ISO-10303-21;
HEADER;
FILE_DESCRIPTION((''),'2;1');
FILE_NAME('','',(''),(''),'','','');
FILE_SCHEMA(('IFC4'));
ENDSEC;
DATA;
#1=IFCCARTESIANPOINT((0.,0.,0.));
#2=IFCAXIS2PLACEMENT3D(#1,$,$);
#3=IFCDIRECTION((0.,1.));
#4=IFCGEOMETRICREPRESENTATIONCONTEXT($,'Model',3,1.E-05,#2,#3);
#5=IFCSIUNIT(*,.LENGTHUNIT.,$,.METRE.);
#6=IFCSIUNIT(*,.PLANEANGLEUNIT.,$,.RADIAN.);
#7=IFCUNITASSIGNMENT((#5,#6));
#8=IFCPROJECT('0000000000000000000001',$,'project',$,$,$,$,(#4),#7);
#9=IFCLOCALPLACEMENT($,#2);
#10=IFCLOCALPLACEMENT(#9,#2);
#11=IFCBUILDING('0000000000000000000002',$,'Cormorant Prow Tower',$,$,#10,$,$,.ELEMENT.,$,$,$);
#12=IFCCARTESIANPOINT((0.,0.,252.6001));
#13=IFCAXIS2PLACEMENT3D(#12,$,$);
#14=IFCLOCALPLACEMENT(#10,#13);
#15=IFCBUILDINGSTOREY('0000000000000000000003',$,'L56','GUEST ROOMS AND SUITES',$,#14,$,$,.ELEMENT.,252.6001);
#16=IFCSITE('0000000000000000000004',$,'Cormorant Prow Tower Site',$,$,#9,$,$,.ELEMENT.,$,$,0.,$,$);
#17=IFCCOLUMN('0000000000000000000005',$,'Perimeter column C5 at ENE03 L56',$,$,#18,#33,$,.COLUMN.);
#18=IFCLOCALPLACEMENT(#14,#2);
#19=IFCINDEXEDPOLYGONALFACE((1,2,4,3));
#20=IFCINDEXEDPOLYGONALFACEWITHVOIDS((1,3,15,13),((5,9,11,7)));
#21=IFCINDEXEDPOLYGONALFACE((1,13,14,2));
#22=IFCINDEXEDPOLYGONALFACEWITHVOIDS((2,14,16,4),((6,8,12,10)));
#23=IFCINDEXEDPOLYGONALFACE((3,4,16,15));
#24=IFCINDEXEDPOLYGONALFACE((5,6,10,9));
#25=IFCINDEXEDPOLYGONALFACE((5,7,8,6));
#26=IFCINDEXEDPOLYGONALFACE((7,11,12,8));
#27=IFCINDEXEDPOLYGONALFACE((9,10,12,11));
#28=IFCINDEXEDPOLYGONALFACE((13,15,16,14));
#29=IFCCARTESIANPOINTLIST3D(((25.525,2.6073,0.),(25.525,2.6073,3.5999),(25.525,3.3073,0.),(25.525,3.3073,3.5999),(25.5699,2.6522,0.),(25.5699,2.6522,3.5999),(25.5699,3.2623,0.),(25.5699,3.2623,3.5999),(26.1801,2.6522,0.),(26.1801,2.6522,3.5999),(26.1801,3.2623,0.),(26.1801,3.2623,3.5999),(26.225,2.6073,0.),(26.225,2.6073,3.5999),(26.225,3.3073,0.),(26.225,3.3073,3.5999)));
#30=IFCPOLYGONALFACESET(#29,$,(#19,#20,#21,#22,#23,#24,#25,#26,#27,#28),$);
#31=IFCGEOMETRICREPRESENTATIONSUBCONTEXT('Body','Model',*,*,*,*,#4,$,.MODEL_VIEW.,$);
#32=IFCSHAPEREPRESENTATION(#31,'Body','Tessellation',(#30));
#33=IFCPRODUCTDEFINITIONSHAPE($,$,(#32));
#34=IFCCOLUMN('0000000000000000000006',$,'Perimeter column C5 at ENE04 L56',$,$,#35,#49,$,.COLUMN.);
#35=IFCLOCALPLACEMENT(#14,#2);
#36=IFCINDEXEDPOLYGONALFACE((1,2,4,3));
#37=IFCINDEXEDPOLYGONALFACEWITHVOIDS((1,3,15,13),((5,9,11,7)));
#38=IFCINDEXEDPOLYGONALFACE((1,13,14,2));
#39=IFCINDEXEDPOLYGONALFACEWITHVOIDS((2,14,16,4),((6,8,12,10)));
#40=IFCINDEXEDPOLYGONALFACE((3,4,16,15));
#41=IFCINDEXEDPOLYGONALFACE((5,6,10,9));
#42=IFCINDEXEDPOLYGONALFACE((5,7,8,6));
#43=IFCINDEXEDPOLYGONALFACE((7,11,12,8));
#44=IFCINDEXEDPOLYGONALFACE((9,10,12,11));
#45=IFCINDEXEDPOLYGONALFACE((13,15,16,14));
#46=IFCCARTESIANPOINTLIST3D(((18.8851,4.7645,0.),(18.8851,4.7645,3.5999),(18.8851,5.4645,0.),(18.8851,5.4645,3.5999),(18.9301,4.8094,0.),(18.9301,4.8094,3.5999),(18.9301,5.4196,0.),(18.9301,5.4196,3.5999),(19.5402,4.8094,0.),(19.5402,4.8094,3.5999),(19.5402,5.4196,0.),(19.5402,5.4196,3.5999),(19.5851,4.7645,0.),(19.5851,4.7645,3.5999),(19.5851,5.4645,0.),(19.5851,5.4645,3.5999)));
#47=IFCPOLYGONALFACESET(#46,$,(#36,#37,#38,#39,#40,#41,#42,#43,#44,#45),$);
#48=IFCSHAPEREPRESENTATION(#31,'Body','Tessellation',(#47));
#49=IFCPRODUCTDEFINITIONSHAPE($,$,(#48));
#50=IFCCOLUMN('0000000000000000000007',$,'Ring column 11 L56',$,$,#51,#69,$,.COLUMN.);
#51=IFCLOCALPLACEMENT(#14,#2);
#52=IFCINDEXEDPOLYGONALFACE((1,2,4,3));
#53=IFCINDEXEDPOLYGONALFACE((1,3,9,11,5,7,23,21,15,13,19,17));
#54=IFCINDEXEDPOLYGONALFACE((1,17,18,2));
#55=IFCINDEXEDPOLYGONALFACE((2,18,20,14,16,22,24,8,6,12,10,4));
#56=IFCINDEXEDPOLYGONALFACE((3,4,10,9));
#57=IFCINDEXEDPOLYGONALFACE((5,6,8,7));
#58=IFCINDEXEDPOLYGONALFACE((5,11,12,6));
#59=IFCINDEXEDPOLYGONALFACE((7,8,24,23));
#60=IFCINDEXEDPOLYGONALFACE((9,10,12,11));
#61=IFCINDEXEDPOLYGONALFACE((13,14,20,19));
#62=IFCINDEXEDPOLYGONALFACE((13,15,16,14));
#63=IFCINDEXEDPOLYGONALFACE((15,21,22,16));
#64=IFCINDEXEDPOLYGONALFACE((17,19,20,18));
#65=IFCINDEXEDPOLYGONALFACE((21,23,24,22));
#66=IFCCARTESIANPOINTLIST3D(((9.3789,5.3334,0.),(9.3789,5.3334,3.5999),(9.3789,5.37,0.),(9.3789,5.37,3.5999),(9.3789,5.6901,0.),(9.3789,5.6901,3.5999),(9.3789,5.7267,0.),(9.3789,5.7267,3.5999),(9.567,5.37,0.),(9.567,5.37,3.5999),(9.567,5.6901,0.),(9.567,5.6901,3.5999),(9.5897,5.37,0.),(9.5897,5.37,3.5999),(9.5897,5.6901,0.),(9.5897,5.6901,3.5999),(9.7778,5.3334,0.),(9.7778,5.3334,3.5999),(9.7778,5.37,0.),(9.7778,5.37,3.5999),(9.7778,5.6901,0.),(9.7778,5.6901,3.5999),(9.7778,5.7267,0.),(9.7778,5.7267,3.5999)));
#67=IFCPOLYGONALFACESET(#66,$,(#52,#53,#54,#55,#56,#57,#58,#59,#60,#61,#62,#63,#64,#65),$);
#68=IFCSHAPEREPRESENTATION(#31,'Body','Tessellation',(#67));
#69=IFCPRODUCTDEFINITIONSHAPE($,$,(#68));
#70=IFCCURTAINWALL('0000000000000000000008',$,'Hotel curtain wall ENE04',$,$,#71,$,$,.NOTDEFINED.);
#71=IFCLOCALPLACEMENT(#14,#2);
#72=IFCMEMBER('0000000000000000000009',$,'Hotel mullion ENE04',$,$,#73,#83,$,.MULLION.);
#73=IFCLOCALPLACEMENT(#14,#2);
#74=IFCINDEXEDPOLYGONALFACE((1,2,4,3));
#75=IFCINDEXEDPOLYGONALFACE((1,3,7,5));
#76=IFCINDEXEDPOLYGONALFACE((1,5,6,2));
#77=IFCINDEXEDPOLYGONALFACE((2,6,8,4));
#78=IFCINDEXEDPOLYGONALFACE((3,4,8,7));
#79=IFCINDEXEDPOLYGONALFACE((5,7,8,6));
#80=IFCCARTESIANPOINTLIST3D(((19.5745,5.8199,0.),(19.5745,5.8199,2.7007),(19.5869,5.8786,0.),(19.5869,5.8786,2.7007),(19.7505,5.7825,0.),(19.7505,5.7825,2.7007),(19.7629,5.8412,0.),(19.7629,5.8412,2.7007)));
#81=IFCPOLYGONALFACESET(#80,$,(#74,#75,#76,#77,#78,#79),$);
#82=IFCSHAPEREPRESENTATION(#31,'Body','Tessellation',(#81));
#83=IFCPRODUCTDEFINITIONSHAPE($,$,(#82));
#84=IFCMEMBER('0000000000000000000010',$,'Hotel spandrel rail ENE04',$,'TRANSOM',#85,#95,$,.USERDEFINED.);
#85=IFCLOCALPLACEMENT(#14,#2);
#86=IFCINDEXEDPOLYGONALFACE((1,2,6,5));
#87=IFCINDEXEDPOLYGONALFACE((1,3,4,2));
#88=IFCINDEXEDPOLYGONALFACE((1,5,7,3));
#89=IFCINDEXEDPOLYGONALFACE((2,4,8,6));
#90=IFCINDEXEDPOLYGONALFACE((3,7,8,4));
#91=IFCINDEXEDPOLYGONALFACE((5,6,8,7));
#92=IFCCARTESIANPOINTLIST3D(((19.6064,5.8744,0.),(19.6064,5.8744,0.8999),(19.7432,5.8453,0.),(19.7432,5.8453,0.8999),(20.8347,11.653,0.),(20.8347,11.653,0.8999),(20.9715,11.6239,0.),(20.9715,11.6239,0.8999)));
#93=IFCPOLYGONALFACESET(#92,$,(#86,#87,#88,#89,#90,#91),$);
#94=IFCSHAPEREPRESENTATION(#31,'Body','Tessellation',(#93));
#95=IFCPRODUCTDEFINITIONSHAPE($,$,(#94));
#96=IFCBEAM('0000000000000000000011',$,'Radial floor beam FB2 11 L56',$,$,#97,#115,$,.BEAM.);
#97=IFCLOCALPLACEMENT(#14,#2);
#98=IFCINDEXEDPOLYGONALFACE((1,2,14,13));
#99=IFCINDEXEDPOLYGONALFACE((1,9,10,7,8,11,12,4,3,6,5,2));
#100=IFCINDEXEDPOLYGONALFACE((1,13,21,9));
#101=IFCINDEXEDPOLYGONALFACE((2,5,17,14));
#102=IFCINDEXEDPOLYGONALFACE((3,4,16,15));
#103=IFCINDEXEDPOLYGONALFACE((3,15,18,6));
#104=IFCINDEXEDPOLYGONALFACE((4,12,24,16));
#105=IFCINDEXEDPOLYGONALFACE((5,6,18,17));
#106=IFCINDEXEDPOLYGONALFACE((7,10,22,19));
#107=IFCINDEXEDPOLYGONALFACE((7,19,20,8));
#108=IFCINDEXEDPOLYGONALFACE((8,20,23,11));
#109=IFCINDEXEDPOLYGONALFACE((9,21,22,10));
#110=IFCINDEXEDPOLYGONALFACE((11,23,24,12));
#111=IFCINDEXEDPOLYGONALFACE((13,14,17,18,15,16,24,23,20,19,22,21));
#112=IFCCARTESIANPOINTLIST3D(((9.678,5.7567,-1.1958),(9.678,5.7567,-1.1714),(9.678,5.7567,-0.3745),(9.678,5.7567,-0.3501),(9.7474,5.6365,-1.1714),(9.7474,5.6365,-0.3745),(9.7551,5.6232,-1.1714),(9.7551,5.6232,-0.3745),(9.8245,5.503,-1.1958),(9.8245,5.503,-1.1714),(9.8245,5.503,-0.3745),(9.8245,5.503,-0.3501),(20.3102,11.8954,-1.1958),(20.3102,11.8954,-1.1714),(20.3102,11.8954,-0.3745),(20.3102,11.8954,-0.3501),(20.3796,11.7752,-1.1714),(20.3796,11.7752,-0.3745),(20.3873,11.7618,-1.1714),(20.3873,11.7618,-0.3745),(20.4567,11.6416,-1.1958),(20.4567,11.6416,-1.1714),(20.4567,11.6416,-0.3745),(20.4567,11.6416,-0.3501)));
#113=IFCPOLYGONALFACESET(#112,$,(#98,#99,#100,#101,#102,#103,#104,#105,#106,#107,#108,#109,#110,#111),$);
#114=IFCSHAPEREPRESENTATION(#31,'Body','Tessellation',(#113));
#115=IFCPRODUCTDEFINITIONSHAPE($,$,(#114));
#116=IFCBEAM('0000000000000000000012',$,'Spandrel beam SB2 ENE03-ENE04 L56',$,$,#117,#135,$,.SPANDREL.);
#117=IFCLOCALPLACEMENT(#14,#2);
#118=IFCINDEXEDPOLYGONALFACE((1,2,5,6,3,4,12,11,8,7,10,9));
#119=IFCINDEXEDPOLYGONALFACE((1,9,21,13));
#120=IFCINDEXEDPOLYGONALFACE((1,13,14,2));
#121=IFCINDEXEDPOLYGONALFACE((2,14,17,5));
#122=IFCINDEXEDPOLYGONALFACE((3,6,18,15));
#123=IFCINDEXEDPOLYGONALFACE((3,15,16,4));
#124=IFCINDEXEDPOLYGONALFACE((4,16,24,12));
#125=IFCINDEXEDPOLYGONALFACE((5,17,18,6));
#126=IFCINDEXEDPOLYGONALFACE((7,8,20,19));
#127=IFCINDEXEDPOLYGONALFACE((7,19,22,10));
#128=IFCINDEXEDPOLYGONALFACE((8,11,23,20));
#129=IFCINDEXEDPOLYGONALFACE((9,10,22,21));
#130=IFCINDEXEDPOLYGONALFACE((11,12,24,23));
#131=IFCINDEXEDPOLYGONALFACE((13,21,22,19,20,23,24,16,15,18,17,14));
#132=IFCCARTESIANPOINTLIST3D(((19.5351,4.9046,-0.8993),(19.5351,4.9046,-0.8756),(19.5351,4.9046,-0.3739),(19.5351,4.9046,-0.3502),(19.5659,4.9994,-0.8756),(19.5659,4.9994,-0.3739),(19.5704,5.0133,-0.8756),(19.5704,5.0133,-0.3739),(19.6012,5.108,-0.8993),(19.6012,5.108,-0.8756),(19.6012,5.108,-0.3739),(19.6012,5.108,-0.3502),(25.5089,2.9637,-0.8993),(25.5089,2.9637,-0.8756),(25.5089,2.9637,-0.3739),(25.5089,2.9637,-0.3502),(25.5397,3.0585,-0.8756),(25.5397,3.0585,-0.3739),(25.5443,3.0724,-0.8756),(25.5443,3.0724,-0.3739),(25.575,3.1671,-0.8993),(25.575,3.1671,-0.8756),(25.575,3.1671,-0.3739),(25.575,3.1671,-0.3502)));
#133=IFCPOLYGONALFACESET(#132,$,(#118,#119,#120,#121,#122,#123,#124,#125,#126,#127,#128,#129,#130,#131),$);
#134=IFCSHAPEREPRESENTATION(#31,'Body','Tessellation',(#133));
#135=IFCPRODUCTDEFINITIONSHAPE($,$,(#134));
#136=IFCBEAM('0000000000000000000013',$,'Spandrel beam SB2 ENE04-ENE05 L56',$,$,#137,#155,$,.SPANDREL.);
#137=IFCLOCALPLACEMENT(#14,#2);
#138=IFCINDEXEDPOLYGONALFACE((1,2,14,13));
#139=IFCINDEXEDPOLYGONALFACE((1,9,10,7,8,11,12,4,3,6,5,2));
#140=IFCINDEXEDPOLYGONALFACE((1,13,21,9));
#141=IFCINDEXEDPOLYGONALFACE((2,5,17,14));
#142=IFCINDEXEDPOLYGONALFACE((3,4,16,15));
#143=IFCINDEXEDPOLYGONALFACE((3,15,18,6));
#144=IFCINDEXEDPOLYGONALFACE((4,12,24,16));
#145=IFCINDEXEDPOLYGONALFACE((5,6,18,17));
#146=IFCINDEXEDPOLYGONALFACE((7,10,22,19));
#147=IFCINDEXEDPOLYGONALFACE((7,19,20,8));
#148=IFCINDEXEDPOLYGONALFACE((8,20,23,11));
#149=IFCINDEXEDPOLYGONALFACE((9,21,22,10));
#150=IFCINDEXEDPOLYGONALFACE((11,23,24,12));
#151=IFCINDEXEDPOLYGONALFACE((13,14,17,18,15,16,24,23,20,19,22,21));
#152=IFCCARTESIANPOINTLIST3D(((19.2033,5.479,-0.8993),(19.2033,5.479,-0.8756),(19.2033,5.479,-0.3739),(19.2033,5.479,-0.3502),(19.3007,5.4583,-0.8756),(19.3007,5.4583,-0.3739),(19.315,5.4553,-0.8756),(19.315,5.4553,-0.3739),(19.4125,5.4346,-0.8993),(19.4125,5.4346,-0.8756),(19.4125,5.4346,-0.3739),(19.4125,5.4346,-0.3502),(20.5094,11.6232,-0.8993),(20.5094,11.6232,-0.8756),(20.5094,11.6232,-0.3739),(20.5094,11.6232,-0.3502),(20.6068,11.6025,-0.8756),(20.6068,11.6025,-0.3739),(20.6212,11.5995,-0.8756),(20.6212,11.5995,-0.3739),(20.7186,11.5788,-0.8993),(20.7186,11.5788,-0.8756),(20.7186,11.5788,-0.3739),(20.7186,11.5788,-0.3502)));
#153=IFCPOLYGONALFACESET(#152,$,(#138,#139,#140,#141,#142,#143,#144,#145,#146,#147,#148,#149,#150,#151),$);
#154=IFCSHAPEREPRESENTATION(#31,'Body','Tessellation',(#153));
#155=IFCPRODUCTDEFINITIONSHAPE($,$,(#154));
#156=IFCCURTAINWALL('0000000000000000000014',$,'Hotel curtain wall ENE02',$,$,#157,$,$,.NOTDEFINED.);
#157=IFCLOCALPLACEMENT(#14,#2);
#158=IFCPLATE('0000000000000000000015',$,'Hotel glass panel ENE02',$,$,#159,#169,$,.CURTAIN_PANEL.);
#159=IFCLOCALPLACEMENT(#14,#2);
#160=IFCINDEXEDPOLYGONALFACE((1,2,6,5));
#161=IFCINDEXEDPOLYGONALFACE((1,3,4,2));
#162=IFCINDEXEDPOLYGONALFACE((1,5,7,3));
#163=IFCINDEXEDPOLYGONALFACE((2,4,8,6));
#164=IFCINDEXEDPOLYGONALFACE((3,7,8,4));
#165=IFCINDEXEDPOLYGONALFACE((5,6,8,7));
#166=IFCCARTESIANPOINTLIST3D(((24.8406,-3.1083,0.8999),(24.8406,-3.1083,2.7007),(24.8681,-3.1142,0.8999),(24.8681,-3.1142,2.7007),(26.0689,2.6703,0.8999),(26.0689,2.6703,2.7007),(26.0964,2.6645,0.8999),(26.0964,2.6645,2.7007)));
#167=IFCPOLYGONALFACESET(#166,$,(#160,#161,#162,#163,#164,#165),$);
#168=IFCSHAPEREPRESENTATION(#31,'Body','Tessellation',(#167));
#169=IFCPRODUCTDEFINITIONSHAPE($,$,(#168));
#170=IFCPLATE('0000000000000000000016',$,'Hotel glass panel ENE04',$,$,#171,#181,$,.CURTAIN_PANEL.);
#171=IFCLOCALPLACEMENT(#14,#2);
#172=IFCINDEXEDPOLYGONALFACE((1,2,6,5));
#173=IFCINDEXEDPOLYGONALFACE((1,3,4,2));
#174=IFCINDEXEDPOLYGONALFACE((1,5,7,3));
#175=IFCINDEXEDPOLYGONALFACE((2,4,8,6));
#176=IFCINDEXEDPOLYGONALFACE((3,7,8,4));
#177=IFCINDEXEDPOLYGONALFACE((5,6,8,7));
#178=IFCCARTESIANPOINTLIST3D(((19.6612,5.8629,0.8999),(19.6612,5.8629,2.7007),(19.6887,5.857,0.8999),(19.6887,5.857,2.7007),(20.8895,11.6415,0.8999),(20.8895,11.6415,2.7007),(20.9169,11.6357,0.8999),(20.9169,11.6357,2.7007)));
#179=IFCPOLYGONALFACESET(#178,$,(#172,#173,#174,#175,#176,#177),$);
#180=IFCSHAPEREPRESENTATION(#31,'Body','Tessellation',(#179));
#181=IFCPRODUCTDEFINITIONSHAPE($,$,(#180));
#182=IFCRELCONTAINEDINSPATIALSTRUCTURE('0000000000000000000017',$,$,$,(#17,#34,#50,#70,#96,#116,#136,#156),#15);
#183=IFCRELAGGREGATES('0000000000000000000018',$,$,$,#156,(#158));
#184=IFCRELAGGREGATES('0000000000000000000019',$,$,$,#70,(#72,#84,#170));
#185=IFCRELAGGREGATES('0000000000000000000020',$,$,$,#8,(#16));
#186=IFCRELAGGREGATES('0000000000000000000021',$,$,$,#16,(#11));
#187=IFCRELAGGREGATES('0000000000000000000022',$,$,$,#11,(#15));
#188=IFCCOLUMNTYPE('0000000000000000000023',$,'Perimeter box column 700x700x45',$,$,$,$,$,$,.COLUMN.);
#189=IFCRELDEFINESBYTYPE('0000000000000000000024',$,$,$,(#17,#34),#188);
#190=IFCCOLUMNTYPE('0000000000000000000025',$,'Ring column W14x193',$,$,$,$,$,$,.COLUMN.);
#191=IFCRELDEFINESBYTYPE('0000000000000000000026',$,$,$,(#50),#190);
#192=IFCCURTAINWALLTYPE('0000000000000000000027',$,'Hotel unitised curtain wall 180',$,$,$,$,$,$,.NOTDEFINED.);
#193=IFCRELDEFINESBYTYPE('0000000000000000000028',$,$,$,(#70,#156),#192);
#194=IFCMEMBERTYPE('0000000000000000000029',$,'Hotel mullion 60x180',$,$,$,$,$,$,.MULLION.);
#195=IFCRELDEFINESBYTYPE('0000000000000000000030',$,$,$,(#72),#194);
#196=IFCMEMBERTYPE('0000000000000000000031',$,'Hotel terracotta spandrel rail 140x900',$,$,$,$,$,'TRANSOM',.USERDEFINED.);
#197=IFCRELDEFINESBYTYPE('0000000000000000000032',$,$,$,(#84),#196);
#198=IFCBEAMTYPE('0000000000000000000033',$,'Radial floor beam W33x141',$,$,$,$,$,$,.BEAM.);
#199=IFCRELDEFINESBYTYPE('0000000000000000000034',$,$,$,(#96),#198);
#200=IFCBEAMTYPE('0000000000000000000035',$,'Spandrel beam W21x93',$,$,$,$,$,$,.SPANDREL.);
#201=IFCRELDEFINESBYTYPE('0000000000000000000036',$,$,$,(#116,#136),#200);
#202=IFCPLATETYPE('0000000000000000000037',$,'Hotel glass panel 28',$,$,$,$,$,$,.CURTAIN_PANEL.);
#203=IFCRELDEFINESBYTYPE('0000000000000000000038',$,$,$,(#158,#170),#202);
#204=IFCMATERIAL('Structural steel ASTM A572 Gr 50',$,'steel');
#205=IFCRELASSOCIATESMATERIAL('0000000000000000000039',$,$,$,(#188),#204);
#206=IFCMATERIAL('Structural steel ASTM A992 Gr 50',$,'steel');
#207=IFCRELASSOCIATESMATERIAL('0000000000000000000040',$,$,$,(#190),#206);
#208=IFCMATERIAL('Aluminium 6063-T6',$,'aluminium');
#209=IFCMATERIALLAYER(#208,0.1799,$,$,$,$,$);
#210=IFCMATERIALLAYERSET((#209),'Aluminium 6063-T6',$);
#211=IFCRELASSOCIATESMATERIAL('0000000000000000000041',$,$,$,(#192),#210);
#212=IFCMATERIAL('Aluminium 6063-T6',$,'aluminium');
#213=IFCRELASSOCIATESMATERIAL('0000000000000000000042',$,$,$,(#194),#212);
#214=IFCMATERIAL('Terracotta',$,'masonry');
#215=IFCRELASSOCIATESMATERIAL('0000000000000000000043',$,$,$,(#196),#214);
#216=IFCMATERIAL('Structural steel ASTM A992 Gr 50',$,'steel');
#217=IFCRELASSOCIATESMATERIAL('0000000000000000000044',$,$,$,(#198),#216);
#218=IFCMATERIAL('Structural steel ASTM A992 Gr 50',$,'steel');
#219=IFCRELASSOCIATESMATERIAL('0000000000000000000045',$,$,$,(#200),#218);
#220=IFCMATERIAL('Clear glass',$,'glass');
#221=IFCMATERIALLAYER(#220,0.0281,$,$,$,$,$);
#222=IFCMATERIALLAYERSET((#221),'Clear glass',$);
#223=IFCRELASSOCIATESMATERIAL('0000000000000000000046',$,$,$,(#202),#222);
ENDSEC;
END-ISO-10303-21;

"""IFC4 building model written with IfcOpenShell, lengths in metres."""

from ifc_helpers import new_model, si_unit, direction, frame, origin, origin_2d, place, context, subcontext, project, spatial, rectangle, hollow_rectangle, i_section, extrude, material, layer, layer_set, material_profile, profile_set, type_object, element, aggregate, save


model = new_model("IFC4")

# Units and contexts
model_context = context("Model", 3, precision=1e-05, world=origin(), true_north=direction((0.0, 1.0)))
body_context = subcontext(model_context, "Body", "Model", "MODEL_VIEW")
ifc_project = project(units=[si_unit("LENGTHUNIT", "METRE"), si_unit("PLANEANGLEUNIT", "RADIAN")], contexts=[model_context])

# Site, building, storey
site_placement = place(None, origin())
site = spatial("IfcSite", under=ifc_project, at=site_placement, Name="Cormorant Prow Tower Site", CompositionType="ELEMENT", RefElevation=0.0)
building_placement = place(site_placement, origin())
building = spatial("IfcBuilding", under=site, at=building_placement, Name="Cormorant Prow Tower", CompositionType="ELEMENT")
storey_placement = place(building_placement, frame((0.0, 0.0, 252.6001)))
storey = spatial("IfcBuildingStorey", under=building, at=storey_placement, Name="L56", Description="GUEST ROOMS AND SUITES", CompositionType="ELEMENT", Elevation=252.6001)

# Columns
ifc_material_1 = material(Name="Structural steel ASTM A572 Gr 50", Category="steel")
ifc_material_profile_1 = material_profile(ifc_material_1, hollow_rectangle(XDim=0.7, YDim=0.7, WallThickness=0.0449, at=origin_2d()), Name="Box 700x700x45")
ifc_profile_set_1 = profile_set([ifc_material_profile_1], Name="Structural steel ASTM A572 Gr 50")
column_type_1 = type_object("IfcColumnType", Name="Perimeter box column 700x700x45", PredefinedType="COLUMN", material=ifc_profile_set_1)
for number, where, z_axis, x_axis, name in (
    (1, (25.875, 2.9573, 0.0), (0.0, 0.0, 1.0), (1.0, 0.0, 0.0), "Perimeter column C5 at ENE03 L56"),
    (2, (19.2351, 5.1145, 0.0), (0.0, 0.0, 1.0), (1.0, 0.0, 0.0), "Perimeter column C5 at ENE04 L56"),
):
    element("IfcColumn", number, at=place(storey_placement, frame(where, z_axis=z_axis, x_axis=x_axis)), inside=storey, type_object=column_type_1, Name=name, PredefinedType="COLUMN", context=body_context, shape_type="SweptSolid", body=[
        extrude(hollow_rectangle(XDim=0.7, YDim=0.7, WallThickness=0.0449, at=origin_2d()), origin(), (0.0, 0.0, 1.0), 3.5999),
    ])
ifc_material_2 = material(Name="Structural steel ASTM A992 Gr 50", Category="steel")
ifc_material_profile_2 = material_profile(ifc_material_2, i_section(OverallWidth=0.3989, OverallDepth=0.3933, WebThickness=0.0227, FlangeThickness=0.0366, at=origin_2d()), Name="W14x193")
ifc_profile_set_2 = profile_set([ifc_material_profile_2], Name="Structural steel ASTM A992 Gr 50")
column_type_2 = type_object("IfcColumnType", Name="Ring column W14x193", PredefinedType="COLUMN", material=ifc_profile_set_2)
column_placement = place(storey_placement, frame((9.5784, 5.53, 0.0), z_axis=(0.0, 0.0, 1.0), x_axis=(1.0, 0.0, 0.0)))
element("IfcColumn", 3, at=column_placement, inside=storey, type_object=column_type_2, Name="Ring column 11 L56", PredefinedType="COLUMN", context=body_context, shape_type="SweptSolid", body=[
    extrude(i_section(OverallWidth=0.3989, OverallDepth=0.3933, WebThickness=0.0227, FlangeThickness=0.0366, at=origin_2d()), origin(), (0.0, 0.0, 1.0), 3.5999),
])

# Curtain wall, members
ifc_material_3 = material(Name="Aluminium 6063-T6", Category="aluminium")
ifc_layer_1 = layer(ifc_material_3, 0.1799)
ifc_layer_set_1 = layer_set([ifc_layer_1], Name="Aluminium 6063-T6")
curtain_wall_type = type_object("IfcCurtainWallType", Name="Hotel unitised curtain wall 180", PredefinedType="NOTDEFINED", material=ifc_layer_set_1)
curtain_wall_1_placement = place(storey_placement, origin())
curtain_wall_1 = element("IfcCurtainWall", 4, at=curtain_wall_1_placement, inside=storey, type_object=curtain_wall_type, Name="Hotel curtain wall ENE04", PredefinedType="NOTDEFINED")
ifc_material_4 = material(Name="Aluminium 6063-T6", Category="aluminium")
ifc_material_profile_3 = material_profile(ifc_material_4, rectangle(XDim=0.1799, YDim=0.0601, at=origin_2d()), Name="Hotel mullion 60x180")
ifc_profile_set_3 = profile_set([ifc_material_profile_3], Name="Aluminium 6063-T6")
member_type_1 = type_object("IfcMemberType", Name="Hotel mullion 60x180", PredefinedType="MULLION", material=ifc_profile_set_3)
member_1_placement = place(storey_placement, frame((19.6687, 5.8306, 0.0), z_axis=(0.0, 0.0, 1.0), x_axis=(-0.978148, 0.207912, 0.0)))
member_1 = element("IfcMember", 5, at=member_1_placement, type_object=member_type_1, Name="Hotel mullion ENE04", PredefinedType="MULLION", context=body_context, shape_type="SweptSolid", body=[
    extrude(rectangle(XDim=0.1799, YDim=0.0601, at=origin_2d()), origin(), (0.0, 0.0, 1.0), 2.7007),
])
ifc_material_5 = material(Name="Terracotta", Category="masonry")
ifc_material_profile_4 = material_profile(ifc_material_5, rectangle(XDim=0.1399, YDim=0.8999, at=origin_2d()), Name="Hotel terracotta spandrel rail 140x900")
ifc_profile_set_4 = profile_set([ifc_material_profile_4], Name="Terracotta")
member_type_2 = type_object("IfcMemberType", Name="Hotel terracotta spandrel rail 140x900", ElementType="TRANSOM", PredefinedType="USERDEFINED", material=ifc_profile_set_4)
member_2_placement = place(storey_placement, frame((19.6748, 5.8599, 0.45), z_axis=(0.207912, 0.978148, 0.0), x_axis=(-0.978148, 0.207912, 0.0)))
member_2 = element("IfcMember", 6, at=member_2_placement, type_object=member_type_2, Name="Hotel spandrel rail ENE04", ObjectType="TRANSOM", PredefinedType="USERDEFINED", context=body_context, shape_type="SweptSolid", body=[
    extrude(rectangle(XDim=0.1399, YDim=0.8999, at=origin_2d()), origin(), (0.0, 0.0, 1.0), 5.9077),
])

# Beams
ifc_material_6 = material(Name="Structural steel ASTM A992 Gr 50", Category="steel")
ifc_material_profile_5 = material_profile(ifc_material_6, i_section(OverallWidth=0.293, OverallDepth=0.8457, WebThickness=0.0154, FlangeThickness=0.0244, at=origin_2d()), Name="W33x141")
ifc_profile_set_5 = profile_set([ifc_material_profile_5], Name="Structural steel ASTM A992 Gr 50")
beam_type_1 = type_object("IfcBeamType", Name="Radial floor beam W33x141", PredefinedType="BEAM", material=ifc_profile_set_5)
beam_1_placement = place(storey_placement, frame((9.7512, 5.6299, -0.7729), z_axis=(0.866022, 0.500006, 0.0), x_axis=(-0.500006, 0.866022, 0.0)))
element("IfcBeam", 7, at=beam_1_placement, inside=storey, type_object=beam_type_1, Name="Radial floor beam FB2 11 L56", PredefinedType="BEAM", context=body_context, shape_type="SweptSolid", body=[
    extrude(i_section(OverallWidth=0.293, OverallDepth=0.8457, WebThickness=0.0154, FlangeThickness=0.0244, at=origin_2d()), origin(), (0.0, 0.0, 1.0), 12.2771),
])
ifc_material_7 = material(Name="Structural steel ASTM A992 Gr 50", Category="steel")
ifc_material_profile_6 = material_profile(ifc_material_7, i_section(OverallWidth=0.2139, OverallDepth=0.5491, WebThickness=0.0146, FlangeThickness=0.0237, at=origin_2d()), Name="W21x93")
ifc_profile_set_6 = profile_set([ifc_material_profile_6], Name="Structural steel ASTM A992 Gr 50")
beam_type_2 = type_object("IfcBeamType", Name="Spandrel beam W21x93", PredefinedType="SPANDREL", material=ifc_profile_set_6)
beam_2_placement = place(storey_placement, frame((25.542, 3.0654, -0.6248), z_axis=(-0.951062, 0.309001, 0.0), x_axis=(-0.309001, -0.951062, 0.0)))
element("IfcBeam", 8, at=beam_2_placement, inside=storey, type_object=beam_type_2, Name="Spandrel beam SB2 ENE03-ENE04 L56", PredefinedType="SPANDREL", context=body_context, shape_type="SweptSolid", body=[
    extrude(i_section(OverallWidth=0.2139, OverallDepth=0.5491, WebThickness=0.0146, FlangeThickness=0.0237, at=origin_2d()), origin(), (0.0, 0.0, 1.0), 6.2812),
])
beam_3_placement = place(storey_placement, frame((19.3079, 5.4568, -0.6248), z_axis=(0.207934, 0.978143, 0.0), x_axis=(-0.978143, 0.207934, 0.0)))
element("IfcBeam", 9, at=beam_3_placement, inside=storey, type_object=beam_type_2, Name="Spandrel beam SB2 ENE04-ENE05 L56", PredefinedType="SPANDREL", context=body_context, shape_type="SweptSolid", body=[
    extrude(i_section(OverallWidth=0.2139, OverallDepth=0.5491, WebThickness=0.0146, FlangeThickness=0.0237, at=origin_2d()), origin(), (0.0, 0.0, 1.0), 6.2815),
])

# Curtain wall, plate
curtain_wall_2_placement = place(storey_placement, origin())
curtain_wall_2 = element("IfcCurtainWall", 10, at=curtain_wall_2_placement, inside=storey, type_object=curtain_wall_type, Name="Hotel curtain wall ENE02", PredefinedType="NOTDEFINED")
ifc_material_8 = material(Name="Clear glass", Category="glass")
ifc_layer_2 = layer(ifc_material_8, 0.0281)
ifc_layer_set_2 = layer_set([ifc_layer_2], Name="Clear glass")
plate_type = type_object("IfcPlateType", Name="Hotel glass panel 28", PredefinedType="CURTAIN_PANEL", material=ifc_layer_set_2)
plate_1_placement = place(storey_placement, frame((25.4685, -0.2219, 0.8999), z_axis=(0.0, 0.0, 1.0), x_axis=(0.207912, 0.978148, 0.0)))
plate_1 = element("IfcPlate", 11, at=plate_1_placement, type_object=plate_type, Name="Hotel glass panel ENE02", PredefinedType="CURTAIN_PANEL", context=body_context, shape_type="SweptSolid", body=[
    extrude(rectangle(XDim=5.9077, YDim=0.0281, at=origin_2d()), origin(), (0.0, 0.0, 1.0), 1.8008),
])
aggregate(curtain_wall_2, [plate_1])

# Plate
plate_2_placement = place(storey_placement, frame((20.2891, 8.7493, 0.8999), z_axis=(0.0, 0.0, 1.0), x_axis=(0.207912, 0.978148, 0.0)))
plate_2 = element("IfcPlate", 12, at=plate_2_placement, type_object=plate_type, Name="Hotel glass panel ENE04", PredefinedType="CURTAIN_PANEL", context=body_context, shape_type="SweptSolid", body=[
    extrude(rectangle(XDim=5.9077, YDim=0.0281, at=origin_2d()), origin(), (0.0, 0.0, 1.0), 1.8008),
])
aggregate(curtain_wall_1, [member_1, member_2, plate_2])

save(model, "model.ifc")
